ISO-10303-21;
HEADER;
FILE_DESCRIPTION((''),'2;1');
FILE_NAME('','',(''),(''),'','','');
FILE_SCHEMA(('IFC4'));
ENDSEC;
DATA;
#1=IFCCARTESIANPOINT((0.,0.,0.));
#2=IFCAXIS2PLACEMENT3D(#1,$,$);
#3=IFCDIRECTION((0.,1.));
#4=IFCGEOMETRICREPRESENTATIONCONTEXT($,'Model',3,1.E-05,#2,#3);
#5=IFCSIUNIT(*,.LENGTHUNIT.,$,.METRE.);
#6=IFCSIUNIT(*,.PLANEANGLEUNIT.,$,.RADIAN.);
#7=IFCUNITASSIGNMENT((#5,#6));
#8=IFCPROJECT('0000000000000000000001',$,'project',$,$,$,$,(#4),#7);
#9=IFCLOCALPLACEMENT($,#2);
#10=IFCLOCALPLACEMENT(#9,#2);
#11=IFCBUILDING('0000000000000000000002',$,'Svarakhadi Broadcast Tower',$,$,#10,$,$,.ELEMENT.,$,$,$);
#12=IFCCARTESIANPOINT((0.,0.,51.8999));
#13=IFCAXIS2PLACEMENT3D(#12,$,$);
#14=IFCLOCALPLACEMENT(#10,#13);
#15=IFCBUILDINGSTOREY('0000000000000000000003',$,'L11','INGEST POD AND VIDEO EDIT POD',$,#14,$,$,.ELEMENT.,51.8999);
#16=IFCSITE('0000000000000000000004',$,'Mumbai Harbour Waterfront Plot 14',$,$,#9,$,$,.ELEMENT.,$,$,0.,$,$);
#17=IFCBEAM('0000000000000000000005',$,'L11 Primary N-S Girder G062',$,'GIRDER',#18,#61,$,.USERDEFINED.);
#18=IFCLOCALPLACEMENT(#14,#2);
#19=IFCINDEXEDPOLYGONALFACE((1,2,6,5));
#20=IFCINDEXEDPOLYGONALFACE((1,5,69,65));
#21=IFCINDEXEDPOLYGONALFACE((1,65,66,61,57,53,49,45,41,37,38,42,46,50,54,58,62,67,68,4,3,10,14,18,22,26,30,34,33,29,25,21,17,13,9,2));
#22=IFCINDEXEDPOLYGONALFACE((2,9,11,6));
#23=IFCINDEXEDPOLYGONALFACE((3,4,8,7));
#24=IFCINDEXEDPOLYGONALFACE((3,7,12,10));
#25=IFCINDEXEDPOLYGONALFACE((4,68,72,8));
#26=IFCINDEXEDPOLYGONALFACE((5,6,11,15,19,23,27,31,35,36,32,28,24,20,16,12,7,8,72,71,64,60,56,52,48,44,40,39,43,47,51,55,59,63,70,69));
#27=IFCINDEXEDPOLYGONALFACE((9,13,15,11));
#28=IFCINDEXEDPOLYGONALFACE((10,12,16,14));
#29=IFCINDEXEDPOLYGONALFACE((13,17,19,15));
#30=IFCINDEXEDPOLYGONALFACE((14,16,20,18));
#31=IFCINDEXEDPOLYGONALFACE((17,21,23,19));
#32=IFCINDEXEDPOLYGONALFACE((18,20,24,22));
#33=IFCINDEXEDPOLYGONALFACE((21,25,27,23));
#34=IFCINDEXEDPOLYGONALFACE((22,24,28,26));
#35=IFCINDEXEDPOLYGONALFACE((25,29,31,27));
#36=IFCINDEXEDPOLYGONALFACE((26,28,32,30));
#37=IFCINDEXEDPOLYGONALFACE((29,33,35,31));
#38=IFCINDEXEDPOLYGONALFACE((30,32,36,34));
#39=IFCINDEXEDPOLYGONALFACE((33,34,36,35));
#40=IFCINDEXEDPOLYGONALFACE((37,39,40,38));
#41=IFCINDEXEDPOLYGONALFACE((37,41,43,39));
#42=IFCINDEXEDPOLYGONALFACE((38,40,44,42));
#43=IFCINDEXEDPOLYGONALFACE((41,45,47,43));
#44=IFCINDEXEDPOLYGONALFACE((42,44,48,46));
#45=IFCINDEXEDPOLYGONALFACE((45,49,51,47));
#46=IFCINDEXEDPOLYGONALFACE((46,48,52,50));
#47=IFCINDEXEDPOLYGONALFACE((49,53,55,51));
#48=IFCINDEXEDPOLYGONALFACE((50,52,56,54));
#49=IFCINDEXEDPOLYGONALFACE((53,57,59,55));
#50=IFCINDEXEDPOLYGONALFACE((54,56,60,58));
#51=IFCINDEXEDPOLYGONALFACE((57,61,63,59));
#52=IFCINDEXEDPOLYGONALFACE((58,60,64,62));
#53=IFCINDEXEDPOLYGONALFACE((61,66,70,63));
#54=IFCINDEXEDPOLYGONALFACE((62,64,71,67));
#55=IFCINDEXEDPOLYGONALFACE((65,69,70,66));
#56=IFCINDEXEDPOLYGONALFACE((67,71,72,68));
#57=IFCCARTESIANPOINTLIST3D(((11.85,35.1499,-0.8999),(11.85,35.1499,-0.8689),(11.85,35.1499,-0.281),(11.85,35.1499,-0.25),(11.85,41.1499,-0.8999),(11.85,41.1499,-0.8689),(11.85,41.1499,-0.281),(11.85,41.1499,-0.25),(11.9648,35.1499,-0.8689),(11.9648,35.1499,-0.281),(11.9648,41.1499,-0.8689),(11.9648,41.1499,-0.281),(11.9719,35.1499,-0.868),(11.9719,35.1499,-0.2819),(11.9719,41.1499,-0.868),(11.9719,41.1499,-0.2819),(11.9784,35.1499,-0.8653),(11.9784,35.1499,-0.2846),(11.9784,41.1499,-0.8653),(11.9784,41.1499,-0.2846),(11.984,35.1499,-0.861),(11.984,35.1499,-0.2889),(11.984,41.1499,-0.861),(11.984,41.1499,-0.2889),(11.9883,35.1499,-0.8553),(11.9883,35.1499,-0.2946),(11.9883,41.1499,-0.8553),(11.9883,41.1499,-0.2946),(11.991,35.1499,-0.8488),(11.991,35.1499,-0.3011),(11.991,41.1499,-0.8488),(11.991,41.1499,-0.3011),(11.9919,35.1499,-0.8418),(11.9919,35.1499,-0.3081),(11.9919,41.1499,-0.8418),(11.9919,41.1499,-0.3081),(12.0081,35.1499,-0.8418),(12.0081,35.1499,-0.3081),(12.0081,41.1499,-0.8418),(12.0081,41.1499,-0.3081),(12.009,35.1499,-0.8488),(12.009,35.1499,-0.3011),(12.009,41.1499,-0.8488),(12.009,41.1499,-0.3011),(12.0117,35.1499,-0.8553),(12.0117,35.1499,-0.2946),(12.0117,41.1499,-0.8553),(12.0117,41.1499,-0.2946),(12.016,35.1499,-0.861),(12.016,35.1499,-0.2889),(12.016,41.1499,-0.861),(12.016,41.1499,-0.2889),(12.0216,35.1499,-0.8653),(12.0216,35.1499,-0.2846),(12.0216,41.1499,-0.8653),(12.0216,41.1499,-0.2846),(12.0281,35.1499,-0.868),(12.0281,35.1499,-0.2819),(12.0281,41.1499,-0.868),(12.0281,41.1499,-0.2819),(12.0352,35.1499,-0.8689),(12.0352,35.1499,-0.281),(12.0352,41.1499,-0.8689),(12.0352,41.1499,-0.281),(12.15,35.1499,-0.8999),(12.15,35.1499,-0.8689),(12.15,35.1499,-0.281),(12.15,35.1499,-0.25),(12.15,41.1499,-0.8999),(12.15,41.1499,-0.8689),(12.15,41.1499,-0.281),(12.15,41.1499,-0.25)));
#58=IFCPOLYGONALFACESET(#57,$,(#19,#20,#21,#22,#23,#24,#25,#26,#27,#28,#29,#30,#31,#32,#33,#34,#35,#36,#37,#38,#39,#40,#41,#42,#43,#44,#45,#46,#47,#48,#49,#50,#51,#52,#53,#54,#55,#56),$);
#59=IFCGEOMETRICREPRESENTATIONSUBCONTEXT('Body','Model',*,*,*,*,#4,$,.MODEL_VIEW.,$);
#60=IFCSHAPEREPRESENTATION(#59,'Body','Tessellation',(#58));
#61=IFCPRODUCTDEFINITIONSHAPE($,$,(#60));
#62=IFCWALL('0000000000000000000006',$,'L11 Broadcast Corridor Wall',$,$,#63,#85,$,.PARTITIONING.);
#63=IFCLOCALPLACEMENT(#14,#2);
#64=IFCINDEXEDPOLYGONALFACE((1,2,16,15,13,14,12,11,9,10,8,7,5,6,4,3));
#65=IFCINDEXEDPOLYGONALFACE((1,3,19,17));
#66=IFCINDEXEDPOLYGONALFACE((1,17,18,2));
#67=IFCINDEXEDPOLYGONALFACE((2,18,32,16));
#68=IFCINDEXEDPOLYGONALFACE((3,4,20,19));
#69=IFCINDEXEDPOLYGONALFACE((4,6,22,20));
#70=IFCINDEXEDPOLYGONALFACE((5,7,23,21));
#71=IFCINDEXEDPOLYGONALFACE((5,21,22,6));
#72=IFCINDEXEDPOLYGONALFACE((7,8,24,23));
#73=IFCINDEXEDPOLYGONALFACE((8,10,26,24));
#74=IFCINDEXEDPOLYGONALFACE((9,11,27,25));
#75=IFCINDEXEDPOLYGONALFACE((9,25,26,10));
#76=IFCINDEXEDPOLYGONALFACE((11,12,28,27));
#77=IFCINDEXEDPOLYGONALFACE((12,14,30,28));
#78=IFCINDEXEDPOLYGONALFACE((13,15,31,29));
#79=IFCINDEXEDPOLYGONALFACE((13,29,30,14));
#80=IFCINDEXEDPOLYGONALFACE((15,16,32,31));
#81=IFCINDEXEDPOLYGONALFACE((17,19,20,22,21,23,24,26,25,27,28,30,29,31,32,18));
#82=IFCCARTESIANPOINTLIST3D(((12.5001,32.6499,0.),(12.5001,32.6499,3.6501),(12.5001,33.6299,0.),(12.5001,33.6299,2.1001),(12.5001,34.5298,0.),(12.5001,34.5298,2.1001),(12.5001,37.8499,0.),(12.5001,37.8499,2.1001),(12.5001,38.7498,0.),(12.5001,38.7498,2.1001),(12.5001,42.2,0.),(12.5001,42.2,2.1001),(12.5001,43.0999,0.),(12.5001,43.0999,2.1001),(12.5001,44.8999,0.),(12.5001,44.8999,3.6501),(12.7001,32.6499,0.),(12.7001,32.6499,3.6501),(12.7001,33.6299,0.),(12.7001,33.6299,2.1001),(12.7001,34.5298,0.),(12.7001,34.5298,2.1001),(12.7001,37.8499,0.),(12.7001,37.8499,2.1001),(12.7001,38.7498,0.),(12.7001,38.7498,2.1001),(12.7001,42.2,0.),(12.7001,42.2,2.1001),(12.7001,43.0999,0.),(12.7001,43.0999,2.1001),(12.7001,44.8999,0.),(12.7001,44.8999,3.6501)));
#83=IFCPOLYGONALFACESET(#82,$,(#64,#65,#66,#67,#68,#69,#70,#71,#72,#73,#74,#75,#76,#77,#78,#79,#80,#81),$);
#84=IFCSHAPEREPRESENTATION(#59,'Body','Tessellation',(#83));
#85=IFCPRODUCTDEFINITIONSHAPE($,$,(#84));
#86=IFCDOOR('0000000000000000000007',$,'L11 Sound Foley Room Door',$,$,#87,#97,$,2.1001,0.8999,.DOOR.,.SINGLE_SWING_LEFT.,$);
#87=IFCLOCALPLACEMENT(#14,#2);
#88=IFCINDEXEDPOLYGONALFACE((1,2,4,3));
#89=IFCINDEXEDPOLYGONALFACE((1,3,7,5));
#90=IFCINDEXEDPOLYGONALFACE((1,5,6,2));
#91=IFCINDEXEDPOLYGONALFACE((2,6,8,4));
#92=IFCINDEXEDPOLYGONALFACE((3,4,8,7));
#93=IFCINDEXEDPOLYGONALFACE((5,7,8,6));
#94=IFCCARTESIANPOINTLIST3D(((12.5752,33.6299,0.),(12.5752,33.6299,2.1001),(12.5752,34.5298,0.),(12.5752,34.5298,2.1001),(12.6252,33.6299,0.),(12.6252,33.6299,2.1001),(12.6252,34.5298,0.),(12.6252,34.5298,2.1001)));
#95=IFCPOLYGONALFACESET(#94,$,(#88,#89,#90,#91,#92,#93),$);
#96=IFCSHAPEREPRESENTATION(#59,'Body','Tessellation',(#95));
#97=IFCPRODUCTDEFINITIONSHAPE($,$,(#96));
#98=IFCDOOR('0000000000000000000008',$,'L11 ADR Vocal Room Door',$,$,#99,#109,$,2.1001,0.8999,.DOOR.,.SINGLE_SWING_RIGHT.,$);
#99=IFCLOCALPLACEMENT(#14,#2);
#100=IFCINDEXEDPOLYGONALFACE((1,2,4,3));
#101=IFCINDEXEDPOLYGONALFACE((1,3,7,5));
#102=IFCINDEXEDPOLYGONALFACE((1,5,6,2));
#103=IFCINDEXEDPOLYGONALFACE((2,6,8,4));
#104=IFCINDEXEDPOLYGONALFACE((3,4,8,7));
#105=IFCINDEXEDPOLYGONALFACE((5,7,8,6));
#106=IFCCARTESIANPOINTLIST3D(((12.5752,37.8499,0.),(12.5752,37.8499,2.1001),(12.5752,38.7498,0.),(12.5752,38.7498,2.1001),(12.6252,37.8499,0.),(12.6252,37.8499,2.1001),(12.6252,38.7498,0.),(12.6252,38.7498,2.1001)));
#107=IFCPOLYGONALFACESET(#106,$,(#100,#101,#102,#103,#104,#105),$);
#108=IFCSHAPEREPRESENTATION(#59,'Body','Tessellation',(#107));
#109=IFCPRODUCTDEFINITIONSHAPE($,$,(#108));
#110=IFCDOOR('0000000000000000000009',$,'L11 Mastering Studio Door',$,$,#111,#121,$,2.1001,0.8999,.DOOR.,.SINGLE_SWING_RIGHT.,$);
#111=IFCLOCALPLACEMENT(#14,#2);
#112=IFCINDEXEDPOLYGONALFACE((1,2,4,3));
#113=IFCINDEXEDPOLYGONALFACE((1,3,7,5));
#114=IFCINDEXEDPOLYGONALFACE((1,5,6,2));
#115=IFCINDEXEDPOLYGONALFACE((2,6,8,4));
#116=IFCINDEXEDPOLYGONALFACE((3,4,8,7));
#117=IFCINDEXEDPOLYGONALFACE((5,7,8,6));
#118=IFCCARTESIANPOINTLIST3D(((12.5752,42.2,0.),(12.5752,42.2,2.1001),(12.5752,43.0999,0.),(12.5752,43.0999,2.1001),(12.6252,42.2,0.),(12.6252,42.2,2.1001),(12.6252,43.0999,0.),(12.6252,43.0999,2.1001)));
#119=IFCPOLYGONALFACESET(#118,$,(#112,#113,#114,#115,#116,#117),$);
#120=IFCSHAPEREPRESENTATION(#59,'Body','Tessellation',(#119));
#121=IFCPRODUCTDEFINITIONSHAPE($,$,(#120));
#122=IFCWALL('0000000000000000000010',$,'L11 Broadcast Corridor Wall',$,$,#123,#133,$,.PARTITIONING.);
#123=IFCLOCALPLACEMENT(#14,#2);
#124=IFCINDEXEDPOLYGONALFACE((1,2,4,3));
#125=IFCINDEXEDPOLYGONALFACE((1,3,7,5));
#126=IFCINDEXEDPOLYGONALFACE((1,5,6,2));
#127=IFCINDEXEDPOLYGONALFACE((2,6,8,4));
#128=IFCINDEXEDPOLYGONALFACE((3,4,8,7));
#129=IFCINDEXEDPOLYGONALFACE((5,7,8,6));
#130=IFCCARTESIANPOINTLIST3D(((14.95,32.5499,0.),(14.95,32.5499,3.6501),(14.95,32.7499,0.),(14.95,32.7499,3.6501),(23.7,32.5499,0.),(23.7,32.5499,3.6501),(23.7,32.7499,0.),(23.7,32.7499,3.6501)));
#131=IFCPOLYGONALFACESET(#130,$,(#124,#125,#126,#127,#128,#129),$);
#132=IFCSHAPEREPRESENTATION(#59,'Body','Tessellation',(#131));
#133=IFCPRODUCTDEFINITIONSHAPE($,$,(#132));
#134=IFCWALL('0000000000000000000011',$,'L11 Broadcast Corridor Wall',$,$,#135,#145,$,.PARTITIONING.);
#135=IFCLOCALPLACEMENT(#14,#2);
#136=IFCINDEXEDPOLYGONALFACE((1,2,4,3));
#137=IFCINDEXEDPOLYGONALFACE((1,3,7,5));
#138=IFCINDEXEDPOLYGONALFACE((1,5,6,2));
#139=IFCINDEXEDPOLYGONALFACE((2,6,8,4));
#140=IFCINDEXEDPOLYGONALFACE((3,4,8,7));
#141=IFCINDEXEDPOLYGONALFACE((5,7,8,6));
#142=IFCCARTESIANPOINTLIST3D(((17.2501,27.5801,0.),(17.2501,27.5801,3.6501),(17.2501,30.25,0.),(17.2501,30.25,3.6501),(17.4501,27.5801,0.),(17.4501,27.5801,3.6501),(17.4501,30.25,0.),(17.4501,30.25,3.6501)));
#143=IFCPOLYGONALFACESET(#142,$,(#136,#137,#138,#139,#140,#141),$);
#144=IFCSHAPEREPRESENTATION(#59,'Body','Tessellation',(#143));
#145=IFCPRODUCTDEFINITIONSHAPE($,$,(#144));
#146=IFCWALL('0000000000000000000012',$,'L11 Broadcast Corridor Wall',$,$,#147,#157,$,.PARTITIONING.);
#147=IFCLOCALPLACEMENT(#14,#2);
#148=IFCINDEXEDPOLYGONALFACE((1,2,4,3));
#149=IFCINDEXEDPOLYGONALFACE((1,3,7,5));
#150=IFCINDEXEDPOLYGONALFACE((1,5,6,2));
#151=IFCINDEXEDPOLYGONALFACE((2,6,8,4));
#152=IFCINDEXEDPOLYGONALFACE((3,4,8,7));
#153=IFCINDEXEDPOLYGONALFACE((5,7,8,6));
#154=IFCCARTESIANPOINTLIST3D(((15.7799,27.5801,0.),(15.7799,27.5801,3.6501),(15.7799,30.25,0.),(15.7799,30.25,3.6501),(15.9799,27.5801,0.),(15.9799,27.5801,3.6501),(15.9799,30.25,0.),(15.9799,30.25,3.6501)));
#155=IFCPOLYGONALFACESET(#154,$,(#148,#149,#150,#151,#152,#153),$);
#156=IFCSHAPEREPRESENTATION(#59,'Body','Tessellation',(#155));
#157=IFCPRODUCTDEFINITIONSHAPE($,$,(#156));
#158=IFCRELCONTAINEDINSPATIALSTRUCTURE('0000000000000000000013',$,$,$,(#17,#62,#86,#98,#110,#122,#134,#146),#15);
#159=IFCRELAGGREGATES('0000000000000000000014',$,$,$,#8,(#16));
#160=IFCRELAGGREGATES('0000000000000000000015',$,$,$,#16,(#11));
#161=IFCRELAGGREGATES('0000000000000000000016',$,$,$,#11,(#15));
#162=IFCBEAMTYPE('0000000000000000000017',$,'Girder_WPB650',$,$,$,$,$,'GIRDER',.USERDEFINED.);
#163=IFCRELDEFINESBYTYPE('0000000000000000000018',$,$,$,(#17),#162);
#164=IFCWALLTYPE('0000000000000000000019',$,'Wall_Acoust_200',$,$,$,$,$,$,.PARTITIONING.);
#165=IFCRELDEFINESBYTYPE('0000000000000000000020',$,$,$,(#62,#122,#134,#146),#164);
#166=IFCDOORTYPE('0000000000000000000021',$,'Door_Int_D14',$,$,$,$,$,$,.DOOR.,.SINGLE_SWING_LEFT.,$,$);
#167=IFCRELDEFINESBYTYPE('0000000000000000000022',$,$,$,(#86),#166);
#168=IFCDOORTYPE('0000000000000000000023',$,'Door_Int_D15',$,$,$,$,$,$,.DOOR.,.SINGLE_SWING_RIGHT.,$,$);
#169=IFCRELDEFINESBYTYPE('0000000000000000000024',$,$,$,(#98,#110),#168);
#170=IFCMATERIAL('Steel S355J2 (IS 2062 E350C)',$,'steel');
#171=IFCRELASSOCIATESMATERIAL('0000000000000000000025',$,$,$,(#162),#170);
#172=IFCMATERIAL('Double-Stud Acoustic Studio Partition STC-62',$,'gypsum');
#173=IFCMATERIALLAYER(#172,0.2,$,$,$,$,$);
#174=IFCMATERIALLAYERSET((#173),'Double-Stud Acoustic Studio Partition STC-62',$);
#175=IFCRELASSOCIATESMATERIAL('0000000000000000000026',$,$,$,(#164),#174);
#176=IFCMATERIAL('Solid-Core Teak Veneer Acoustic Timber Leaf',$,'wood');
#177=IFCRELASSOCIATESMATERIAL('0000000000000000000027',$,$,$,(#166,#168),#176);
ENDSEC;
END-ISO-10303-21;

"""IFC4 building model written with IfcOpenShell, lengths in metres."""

from ifc_helpers import new_model, si_unit, direction, frame, frame_2d, origin, origin_2d, place, context, subcontext, project, spatial, rectangle, i_section, extrude, material, layer, layer_set, material_profile, profile_set, type_object, element, fill, save


model = new_model("IFC4")

# Units and contexts
model_context = context("Model", 3, precision=1e-05, world=origin(), true_north=direction((0.0, 1.0)))
body_context = subcontext(model_context, "Body", "Model", "MODEL_VIEW")
ifc_project = project(units=[si_unit("LENGTHUNIT", "METRE"), si_unit("PLANEANGLEUNIT", "RADIAN")], contexts=[model_context])

# Site, building, storey
site_placement = place(None, origin())
site = spatial("IfcSite", under=ifc_project, at=site_placement, Name="Mumbai Harbour Waterfront Plot 14", CompositionType="ELEMENT", RefElevation=0.0)
building_placement = place(site_placement, origin())
building = spatial("IfcBuilding", under=site, at=building_placement, Name="Svarakhadi Broadcast Tower", CompositionType="ELEMENT")
storey_placement = place(building_placement, frame((0.0, 0.0, 51.8999)))
storey = spatial("IfcBuildingStorey", under=building, at=storey_placement, Name="L11", Description="INGEST POD AND VIDEO EDIT POD", CompositionType="ELEMENT", Elevation=51.8999)

# Beam
ifc_material_1 = material(Name="Steel S355J2 (IS 2062 E350C)", Category="steel")
ifc_material_profile_1 = material_profile(ifc_material_1, i_section(OverallWidth=0.3, OverallDepth=0.6499, WebThickness=0.0161, FlangeThickness=0.031, FilletRadius=0.0271, at=origin_2d()), Name="WPB 650x300x225")
ifc_profile_set_1 = profile_set([ifc_material_profile_1], Name="Steel S355J2 (IS 2062 E350C)")
beam_type_1 = type_object("IfcBeamType", Name="Girder_WPB650", ElementType="GIRDER", PredefinedType="USERDEFINED", material=ifc_profile_set_1)
for number, where, z_axis, x_axis, name in (
    (1, (12.0, 35.1499, -0.575), (0.0, 1.0, 0.0), (-1.0, 0.0, 0.0), "L11 Primary N-S Girder G062"),
):
    element("IfcBeam", number, at=place(storey_placement, frame(where, z_axis=z_axis, x_axis=x_axis)), inside=storey, type_object=beam_type_1, Name=name, ObjectType="GIRDER", PredefinedType="USERDEFINED", context=body_context, shape_type="SweptSolid", body=[
        extrude(i_section(OverallWidth=0.3, OverallDepth=0.6499, WebThickness=0.0161, FlangeThickness=0.031, FilletRadius=0.0271, at=origin_2d()), origin(), (0.0, 0.0, 1.0), 6.0),
    ])

# Wall, openings, doors
ifc_material_2 = material(Name="Double-Stud Acoustic Studio Partition STC-62", Category="gypsum")
ifc_layer_1 = layer(ifc_material_2, 0.2)
ifc_layer_set_1 = layer_set([ifc_layer_1], Name="Double-Stud Acoustic Studio Partition STC-62")
wall_type_1 = type_object("IfcWallType", Name="Wall_Acoust_200", PredefinedType="PARTITIONING", material=ifc_layer_set_1)
wall_1_placement = place(storey_placement, frame((12.6001, 32.6499, 0.0), z_axis=(0.0, 0.0, 1.0), x_axis=(0.0, 1.0, 0.0)))
wall_1 = element("IfcWall", 2, at=wall_1_placement, inside=storey, type_object=wall_type_1, Name="L11 Broadcast Corridor Wall", PredefinedType="PARTITIONING", context=body_context, shape_type="SweptSolid", body=[
    extrude(rectangle(XDim=12.25, YDim=0.2, at=frame_2d((6.125, 0.0))), origin(), (0.0, 0.0, 1.0), 3.6501),
])
opening_1_placement = place(wall_1_placement, frame((0.98, 0.0, 0.0)))
opening_1 = element("IfcOpeningElement", 3, at=opening_1_placement, cuts=wall_1, PredefinedType="OPENING", context=body_context, shape_type="SweptSolid", body=[
    extrude(rectangle(XDim=0.8999, YDim=2.1001, at=frame_2d((0.45, 1.05))), frame((0.0, 0.1099, 0.0), z_axis=(0.0, -1.0, 0.0), x_axis=(1.0, 0.0, 0.0)), (0.0, 0.0, 1.0), 0.22),
])
opening_2_placement = place(wall_1_placement, frame((5.2, 0.0, 0.0)))
opening_2 = element("IfcOpeningElement", 4, at=opening_2_placement, cuts=wall_1, PredefinedType="OPENING", context=body_context, shape_type="SweptSolid", body=[
    extrude(rectangle(XDim=0.8999, YDim=2.1001, at=frame_2d((0.45, 1.05))), frame((0.0, 0.1099, 0.0), z_axis=(0.0, -1.0, 0.0), x_axis=(1.0, 0.0, 0.0)), (0.0, 0.0, 1.0), 0.22),
])
opening_3_placement = place(wall_1_placement, frame((9.55, 0.0, 0.0)))
opening_3 = element("IfcOpeningElement", 5, at=opening_3_placement, cuts=wall_1, PredefinedType="OPENING", context=body_context, shape_type="SweptSolid", body=[
    extrude(rectangle(XDim=0.8999, YDim=2.1001, at=frame_2d((0.45, 1.05))), frame((0.0, 0.1099, 0.0), z_axis=(0.0, -1.0, 0.0), x_axis=(1.0, 0.0, 0.0)), (0.0, 0.0, 1.0), 0.22),
])
ifc_material_3 = material(Name="Solid-Core Teak Veneer Acoustic Timber Leaf", Category="wood")
door_type_1 = type_object("IfcDoorType", Name="Door_Int_D14", OperationType="SINGLE_SWING_LEFT", PredefinedType="DOOR", material=ifc_material_3)
door_1_placement = place(opening_1_placement, origin())
door_1 = element("IfcDoor", 6, at=door_1_placement, inside=storey, type_object=door_type_1, Name="L11 Sound Foley Room Door", OperationType="SINGLE_SWING_LEFT", OverallHeight=2.1001, OverallWidth=0.8999, PredefinedType="DOOR", context=body_context, shape_type="SweptSolid", body=[
    extrude(rectangle(XDim=0.8999, YDim=2.1001, at=frame_2d((0.45, 1.05))), frame((0.0, 0.0249, 0.0), z_axis=(0.0, -1.0, 0.0), x_axis=(1.0, 0.0, 0.0)), (0.0, 0.0, 1.0), 0.05),
])
fill(opening_1, door_1)
door_type_2 = type_object("IfcDoorType", Name="Door_Int_D15", OperationType="SINGLE_SWING_RIGHT", PredefinedType="DOOR", material=ifc_material_3)
door_2_placement = place(opening_2_placement, origin())
door_2 = element("IfcDoor", 7, at=door_2_placement, inside=storey, type_object=door_type_2, Name="L11 ADR Vocal Room Door", OperationType="SINGLE_SWING_RIGHT", OverallHeight=2.1001, OverallWidth=0.8999, PredefinedType="DOOR", context=body_context, shape_type="SweptSolid", body=[
    extrude(rectangle(XDim=0.8999, YDim=2.1001, at=frame_2d((0.45, 1.05))), frame((0.0, 0.0249, 0.0), z_axis=(0.0, -1.0, 0.0), x_axis=(1.0, 0.0, 0.0)), (0.0, 0.0, 1.0), 0.05),
])
fill(opening_2, door_2)
door_3_placement = place(opening_3_placement, origin())
door_3 = element("IfcDoor", 8, at=door_3_placement, inside=storey, type_object=door_type_2, Name="L11 Mastering Studio Door", OperationType="SINGLE_SWING_RIGHT", OverallHeight=2.1001, OverallWidth=0.8999, PredefinedType="DOOR", context=body_context, shape_type="SweptSolid", body=[
    extrude(rectangle(XDim=0.8999, YDim=2.1001, at=frame_2d((0.45, 1.05))), frame((0.0, 0.0249, 0.0), z_axis=(0.0, -1.0, 0.0), x_axis=(1.0, 0.0, 0.0)), (0.0, 0.0, 1.0), 0.05),
])
fill(opening_3, door_3)

# Walls
wall_2_placement = place(storey_placement, frame((14.95, 32.6499, 0.0), z_axis=(0.0, 0.0, 1.0), x_axis=(1.0, 0.0, 0.0)))
element("IfcWall", 9, at=wall_2_placement, inside=storey, type_object=wall_type_1, Name="L11 Broadcast Corridor Wall", PredefinedType="PARTITIONING", context=body_context, shape_type="SweptSolid", body=[
    extrude(rectangle(XDim=8.75, YDim=0.2, at=frame_2d((4.375, 0.0))), origin(), (0.0, 0.0, 1.0), 3.6501),
])
for number, where, z_axis, x_axis, name in (
    (10, (17.3501, 30.25, 0.0), (0.0, 0.0, 1.0), (0.0, -1.0, 0.0), "L11 Broadcast Corridor Wall"),
    (11, (15.8799, 27.5801, 0.0), (0.0, 0.0, 1.0), (0.0, 1.0, 0.0), "L11 Broadcast Corridor Wall"),
):
    element("IfcWall", number, at=place(storey_placement, frame(where, z_axis=z_axis, x_axis=x_axis)), inside=storey, type_object=wall_type_1, Name=name, PredefinedType="PARTITIONING", context=body_context, shape_type="SweptSolid", body=[
        extrude(rectangle(XDim=2.6699, YDim=0.2, at=frame_2d((1.335, 0.0))), origin(), (0.0, 0.0, 1.0), 3.6501),
    ])

save(model, "model.ifc")
